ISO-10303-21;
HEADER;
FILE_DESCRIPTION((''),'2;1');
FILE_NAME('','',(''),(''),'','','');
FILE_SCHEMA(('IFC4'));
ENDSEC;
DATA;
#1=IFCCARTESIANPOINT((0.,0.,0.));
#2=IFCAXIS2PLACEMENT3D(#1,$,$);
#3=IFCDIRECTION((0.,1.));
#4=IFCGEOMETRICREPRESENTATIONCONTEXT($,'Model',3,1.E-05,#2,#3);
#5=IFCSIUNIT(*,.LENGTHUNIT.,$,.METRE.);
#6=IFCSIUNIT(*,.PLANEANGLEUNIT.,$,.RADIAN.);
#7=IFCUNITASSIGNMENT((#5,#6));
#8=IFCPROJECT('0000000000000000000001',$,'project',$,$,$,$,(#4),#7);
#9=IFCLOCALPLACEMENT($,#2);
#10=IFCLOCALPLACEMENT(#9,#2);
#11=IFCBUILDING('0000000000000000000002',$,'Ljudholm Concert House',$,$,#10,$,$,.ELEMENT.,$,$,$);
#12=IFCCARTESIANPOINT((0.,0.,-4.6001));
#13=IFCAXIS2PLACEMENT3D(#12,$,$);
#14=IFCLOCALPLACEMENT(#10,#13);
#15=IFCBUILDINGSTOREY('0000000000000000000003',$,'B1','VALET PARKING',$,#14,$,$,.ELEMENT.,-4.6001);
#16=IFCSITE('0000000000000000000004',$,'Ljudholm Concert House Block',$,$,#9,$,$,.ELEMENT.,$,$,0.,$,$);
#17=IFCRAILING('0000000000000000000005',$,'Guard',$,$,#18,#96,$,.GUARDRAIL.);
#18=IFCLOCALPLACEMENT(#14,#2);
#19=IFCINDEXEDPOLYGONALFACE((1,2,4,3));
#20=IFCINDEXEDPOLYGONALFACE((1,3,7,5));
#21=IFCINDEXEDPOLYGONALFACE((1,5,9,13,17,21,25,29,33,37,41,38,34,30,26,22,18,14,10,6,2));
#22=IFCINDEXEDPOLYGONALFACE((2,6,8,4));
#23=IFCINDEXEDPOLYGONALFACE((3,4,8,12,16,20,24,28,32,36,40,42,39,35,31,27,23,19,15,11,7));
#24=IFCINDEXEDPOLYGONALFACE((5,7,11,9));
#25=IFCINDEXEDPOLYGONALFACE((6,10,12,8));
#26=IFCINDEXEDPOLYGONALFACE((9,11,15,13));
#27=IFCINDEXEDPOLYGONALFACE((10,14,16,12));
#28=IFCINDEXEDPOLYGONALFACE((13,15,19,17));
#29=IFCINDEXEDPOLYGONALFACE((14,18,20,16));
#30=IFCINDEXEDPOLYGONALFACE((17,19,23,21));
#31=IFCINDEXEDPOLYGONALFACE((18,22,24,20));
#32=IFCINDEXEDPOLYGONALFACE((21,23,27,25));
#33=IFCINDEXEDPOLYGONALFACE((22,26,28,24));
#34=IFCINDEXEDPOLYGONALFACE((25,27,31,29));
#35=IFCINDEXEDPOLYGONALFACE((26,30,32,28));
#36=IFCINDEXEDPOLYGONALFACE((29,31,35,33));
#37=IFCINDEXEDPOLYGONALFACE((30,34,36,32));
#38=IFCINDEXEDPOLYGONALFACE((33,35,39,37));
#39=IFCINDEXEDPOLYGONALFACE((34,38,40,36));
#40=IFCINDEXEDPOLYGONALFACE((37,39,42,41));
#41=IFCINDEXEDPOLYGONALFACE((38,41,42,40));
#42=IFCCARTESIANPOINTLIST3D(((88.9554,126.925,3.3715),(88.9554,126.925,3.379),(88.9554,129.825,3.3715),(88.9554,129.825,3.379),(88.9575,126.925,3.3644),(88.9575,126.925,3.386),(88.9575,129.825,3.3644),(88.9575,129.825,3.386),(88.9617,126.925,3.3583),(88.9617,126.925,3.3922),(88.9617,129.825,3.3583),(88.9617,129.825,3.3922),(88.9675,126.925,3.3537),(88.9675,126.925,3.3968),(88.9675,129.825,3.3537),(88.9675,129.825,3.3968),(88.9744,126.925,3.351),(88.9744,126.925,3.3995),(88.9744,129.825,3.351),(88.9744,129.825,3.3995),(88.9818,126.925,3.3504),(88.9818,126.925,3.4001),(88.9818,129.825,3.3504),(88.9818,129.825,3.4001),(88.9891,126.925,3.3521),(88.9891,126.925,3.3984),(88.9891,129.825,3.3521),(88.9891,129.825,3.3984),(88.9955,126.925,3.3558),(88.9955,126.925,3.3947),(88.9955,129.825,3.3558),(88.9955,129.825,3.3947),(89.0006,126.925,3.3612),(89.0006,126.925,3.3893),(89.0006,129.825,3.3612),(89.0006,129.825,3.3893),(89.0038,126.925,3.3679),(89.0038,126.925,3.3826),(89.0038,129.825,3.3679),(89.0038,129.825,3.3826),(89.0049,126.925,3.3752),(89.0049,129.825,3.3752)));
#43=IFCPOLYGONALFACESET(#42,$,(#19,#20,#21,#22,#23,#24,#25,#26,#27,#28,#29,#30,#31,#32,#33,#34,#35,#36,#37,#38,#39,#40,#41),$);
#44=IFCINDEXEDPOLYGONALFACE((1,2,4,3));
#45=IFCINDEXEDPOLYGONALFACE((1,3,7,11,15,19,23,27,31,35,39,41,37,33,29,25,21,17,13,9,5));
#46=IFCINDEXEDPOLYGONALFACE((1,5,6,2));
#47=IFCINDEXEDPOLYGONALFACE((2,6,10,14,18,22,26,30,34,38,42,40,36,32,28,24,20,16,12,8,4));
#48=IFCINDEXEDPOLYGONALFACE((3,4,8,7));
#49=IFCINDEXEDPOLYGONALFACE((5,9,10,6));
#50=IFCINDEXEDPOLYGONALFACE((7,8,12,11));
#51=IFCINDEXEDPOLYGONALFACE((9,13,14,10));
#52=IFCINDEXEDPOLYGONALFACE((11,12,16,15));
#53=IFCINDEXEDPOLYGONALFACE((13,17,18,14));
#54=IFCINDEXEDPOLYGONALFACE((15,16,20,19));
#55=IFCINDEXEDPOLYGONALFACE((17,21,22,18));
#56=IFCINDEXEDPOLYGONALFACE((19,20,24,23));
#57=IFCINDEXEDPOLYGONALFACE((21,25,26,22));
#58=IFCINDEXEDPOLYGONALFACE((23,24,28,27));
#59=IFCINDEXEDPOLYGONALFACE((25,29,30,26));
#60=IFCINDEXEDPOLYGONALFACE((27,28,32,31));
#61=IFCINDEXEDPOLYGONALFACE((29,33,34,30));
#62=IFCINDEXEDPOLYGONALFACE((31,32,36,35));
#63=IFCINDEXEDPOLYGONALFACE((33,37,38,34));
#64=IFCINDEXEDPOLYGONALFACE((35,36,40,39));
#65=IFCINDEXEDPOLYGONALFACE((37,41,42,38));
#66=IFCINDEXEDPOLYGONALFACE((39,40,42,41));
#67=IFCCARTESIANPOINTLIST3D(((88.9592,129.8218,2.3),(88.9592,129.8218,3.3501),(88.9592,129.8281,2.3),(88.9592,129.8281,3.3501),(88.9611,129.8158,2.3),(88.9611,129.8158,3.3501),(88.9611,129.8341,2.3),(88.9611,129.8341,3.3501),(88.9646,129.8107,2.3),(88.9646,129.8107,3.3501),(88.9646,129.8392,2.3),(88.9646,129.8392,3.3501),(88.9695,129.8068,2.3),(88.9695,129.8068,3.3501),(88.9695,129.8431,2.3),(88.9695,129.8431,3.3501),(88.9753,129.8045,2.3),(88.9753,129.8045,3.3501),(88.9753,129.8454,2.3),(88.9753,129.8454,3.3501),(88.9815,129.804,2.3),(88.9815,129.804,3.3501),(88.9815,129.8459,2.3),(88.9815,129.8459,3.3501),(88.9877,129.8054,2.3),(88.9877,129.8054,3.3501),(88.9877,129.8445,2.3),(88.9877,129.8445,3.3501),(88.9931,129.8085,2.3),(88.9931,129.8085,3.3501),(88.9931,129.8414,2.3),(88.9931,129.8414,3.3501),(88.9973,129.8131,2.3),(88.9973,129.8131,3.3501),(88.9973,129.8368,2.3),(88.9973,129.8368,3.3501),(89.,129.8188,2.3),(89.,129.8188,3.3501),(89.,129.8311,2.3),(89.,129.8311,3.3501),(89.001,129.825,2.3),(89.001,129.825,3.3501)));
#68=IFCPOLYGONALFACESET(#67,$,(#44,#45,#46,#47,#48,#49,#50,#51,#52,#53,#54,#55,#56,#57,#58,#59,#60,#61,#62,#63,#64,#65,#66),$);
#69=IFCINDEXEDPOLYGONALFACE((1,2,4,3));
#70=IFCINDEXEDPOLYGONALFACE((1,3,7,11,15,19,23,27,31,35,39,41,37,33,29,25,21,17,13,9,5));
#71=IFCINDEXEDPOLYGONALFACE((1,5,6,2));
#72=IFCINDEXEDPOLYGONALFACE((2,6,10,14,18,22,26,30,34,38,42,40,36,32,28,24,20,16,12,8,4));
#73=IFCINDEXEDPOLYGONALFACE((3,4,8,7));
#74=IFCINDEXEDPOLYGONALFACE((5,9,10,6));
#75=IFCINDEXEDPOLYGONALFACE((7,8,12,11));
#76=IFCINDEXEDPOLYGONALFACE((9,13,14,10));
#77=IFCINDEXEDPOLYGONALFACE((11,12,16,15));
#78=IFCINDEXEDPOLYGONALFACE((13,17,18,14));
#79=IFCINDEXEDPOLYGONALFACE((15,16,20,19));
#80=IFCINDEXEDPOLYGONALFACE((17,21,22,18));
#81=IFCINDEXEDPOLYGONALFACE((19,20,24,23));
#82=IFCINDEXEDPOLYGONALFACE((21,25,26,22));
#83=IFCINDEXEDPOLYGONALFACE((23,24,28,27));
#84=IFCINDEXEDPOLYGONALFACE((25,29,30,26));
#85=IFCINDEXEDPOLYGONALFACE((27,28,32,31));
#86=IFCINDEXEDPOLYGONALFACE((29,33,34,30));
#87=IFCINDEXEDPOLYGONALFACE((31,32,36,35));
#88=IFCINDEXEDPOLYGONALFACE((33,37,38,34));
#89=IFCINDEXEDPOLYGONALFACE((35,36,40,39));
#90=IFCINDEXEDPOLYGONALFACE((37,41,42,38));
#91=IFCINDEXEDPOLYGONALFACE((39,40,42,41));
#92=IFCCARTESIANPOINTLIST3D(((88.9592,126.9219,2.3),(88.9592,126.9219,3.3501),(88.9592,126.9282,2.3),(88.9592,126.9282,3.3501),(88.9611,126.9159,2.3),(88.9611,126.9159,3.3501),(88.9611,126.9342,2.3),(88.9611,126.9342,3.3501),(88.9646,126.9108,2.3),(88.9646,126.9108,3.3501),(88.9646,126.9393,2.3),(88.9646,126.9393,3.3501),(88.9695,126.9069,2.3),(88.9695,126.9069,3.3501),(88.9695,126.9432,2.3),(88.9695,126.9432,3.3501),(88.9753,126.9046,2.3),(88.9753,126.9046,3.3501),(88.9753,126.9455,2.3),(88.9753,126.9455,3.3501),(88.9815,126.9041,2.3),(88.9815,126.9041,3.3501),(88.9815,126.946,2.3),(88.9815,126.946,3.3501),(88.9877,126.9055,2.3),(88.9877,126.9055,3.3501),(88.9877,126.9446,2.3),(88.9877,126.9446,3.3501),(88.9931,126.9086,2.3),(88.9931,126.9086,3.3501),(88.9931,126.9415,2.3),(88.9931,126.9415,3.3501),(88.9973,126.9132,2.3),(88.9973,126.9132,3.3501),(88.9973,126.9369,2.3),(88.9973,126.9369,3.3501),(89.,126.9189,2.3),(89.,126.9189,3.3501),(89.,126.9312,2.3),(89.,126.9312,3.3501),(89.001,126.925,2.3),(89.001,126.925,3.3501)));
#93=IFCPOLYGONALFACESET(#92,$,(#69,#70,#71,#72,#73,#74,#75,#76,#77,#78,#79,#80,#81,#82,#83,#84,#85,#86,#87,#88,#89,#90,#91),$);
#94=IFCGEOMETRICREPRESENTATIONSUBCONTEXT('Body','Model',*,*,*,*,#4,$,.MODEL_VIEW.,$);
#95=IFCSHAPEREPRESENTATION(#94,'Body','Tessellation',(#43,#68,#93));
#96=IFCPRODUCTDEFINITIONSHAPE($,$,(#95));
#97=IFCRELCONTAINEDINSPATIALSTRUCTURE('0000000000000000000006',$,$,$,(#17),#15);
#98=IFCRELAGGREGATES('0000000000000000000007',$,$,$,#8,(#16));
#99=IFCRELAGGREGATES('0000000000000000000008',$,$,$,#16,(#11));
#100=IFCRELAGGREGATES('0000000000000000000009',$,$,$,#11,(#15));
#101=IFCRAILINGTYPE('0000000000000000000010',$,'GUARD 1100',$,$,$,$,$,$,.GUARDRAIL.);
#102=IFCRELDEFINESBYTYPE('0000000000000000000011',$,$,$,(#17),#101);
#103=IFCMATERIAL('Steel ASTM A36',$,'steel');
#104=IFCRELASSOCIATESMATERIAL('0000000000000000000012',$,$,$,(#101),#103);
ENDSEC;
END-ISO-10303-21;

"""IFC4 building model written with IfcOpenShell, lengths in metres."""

from ifc_helpers import new_model, si_unit, direction, frame, origin, origin_2d, place, context, subcontext, project, spatial, circle, extrude, material, type_object, element, save


model = new_model("IFC4")

# Units and contexts
model_context = context("Model", 3, precision=1e-05, world=origin(), true_north=direction((0.0, 1.0)))
body_context = subcontext(model_context, "Body", "Model", "MODEL_VIEW")
ifc_project = project(units=[si_unit("LENGTHUNIT", "METRE"), si_unit("PLANEANGLEUNIT", "RADIAN")], contexts=[model_context])

# Site, building, storey
site_placement = place(None, origin())
site = spatial("IfcSite", under=ifc_project, at=site_placement, Name="Ljudholm Concert House Block", CompositionType="ELEMENT", RefElevation=0.0)
building_placement = place(site_placement, origin())
building = spatial("IfcBuilding", under=site, at=building_placement, Name="Ljudholm Concert House", CompositionType="ELEMENT")
storey_placement = place(building_placement, frame((0.0, 0.0, -4.6001)))
storey = spatial("IfcBuildingStorey", under=building, at=storey_placement, Name="B1", Description="VALET PARKING", CompositionType="ELEMENT", Elevation=-4.6001)

# Railing
ifc_material_1 = material(Name="Steel ASTM A36", Category="steel")
railing_type_1 = type_object("IfcRailingType", Name="GUARD 1100", PredefinedType="GUARDRAIL", material=ifc_material_1)
railing_1_placement = place(storey_placement, frame((88.98, 129.825, 2.3)))
element("IfcRailing", 1, at=railing_1_placement, inside=storey, type_object=railing_type_1, Name="Guard", PredefinedType="GUARDRAIL", context=body_context, shape_type="SweptSolid", body=[
    extrude(circle(Radius=0.0249, at=origin_2d()), frame((0.0, 0.0, 1.0752), z_axis=(0.0, -1.0, 0.0), x_axis=(1.0, 0.0, 0.0)), (0.0, 0.0, 1.0), 2.8999),
    extrude(circle(Radius=0.021, at=origin_2d()), origin(), (0.0, 0.0, 1.0), 1.05),
    extrude(circle(Radius=0.021, at=origin_2d()), frame((0.0, -2.8999, 0.0)), (0.0, 0.0, 1.0), 1.05),
])

save(model, "model.ifc")
